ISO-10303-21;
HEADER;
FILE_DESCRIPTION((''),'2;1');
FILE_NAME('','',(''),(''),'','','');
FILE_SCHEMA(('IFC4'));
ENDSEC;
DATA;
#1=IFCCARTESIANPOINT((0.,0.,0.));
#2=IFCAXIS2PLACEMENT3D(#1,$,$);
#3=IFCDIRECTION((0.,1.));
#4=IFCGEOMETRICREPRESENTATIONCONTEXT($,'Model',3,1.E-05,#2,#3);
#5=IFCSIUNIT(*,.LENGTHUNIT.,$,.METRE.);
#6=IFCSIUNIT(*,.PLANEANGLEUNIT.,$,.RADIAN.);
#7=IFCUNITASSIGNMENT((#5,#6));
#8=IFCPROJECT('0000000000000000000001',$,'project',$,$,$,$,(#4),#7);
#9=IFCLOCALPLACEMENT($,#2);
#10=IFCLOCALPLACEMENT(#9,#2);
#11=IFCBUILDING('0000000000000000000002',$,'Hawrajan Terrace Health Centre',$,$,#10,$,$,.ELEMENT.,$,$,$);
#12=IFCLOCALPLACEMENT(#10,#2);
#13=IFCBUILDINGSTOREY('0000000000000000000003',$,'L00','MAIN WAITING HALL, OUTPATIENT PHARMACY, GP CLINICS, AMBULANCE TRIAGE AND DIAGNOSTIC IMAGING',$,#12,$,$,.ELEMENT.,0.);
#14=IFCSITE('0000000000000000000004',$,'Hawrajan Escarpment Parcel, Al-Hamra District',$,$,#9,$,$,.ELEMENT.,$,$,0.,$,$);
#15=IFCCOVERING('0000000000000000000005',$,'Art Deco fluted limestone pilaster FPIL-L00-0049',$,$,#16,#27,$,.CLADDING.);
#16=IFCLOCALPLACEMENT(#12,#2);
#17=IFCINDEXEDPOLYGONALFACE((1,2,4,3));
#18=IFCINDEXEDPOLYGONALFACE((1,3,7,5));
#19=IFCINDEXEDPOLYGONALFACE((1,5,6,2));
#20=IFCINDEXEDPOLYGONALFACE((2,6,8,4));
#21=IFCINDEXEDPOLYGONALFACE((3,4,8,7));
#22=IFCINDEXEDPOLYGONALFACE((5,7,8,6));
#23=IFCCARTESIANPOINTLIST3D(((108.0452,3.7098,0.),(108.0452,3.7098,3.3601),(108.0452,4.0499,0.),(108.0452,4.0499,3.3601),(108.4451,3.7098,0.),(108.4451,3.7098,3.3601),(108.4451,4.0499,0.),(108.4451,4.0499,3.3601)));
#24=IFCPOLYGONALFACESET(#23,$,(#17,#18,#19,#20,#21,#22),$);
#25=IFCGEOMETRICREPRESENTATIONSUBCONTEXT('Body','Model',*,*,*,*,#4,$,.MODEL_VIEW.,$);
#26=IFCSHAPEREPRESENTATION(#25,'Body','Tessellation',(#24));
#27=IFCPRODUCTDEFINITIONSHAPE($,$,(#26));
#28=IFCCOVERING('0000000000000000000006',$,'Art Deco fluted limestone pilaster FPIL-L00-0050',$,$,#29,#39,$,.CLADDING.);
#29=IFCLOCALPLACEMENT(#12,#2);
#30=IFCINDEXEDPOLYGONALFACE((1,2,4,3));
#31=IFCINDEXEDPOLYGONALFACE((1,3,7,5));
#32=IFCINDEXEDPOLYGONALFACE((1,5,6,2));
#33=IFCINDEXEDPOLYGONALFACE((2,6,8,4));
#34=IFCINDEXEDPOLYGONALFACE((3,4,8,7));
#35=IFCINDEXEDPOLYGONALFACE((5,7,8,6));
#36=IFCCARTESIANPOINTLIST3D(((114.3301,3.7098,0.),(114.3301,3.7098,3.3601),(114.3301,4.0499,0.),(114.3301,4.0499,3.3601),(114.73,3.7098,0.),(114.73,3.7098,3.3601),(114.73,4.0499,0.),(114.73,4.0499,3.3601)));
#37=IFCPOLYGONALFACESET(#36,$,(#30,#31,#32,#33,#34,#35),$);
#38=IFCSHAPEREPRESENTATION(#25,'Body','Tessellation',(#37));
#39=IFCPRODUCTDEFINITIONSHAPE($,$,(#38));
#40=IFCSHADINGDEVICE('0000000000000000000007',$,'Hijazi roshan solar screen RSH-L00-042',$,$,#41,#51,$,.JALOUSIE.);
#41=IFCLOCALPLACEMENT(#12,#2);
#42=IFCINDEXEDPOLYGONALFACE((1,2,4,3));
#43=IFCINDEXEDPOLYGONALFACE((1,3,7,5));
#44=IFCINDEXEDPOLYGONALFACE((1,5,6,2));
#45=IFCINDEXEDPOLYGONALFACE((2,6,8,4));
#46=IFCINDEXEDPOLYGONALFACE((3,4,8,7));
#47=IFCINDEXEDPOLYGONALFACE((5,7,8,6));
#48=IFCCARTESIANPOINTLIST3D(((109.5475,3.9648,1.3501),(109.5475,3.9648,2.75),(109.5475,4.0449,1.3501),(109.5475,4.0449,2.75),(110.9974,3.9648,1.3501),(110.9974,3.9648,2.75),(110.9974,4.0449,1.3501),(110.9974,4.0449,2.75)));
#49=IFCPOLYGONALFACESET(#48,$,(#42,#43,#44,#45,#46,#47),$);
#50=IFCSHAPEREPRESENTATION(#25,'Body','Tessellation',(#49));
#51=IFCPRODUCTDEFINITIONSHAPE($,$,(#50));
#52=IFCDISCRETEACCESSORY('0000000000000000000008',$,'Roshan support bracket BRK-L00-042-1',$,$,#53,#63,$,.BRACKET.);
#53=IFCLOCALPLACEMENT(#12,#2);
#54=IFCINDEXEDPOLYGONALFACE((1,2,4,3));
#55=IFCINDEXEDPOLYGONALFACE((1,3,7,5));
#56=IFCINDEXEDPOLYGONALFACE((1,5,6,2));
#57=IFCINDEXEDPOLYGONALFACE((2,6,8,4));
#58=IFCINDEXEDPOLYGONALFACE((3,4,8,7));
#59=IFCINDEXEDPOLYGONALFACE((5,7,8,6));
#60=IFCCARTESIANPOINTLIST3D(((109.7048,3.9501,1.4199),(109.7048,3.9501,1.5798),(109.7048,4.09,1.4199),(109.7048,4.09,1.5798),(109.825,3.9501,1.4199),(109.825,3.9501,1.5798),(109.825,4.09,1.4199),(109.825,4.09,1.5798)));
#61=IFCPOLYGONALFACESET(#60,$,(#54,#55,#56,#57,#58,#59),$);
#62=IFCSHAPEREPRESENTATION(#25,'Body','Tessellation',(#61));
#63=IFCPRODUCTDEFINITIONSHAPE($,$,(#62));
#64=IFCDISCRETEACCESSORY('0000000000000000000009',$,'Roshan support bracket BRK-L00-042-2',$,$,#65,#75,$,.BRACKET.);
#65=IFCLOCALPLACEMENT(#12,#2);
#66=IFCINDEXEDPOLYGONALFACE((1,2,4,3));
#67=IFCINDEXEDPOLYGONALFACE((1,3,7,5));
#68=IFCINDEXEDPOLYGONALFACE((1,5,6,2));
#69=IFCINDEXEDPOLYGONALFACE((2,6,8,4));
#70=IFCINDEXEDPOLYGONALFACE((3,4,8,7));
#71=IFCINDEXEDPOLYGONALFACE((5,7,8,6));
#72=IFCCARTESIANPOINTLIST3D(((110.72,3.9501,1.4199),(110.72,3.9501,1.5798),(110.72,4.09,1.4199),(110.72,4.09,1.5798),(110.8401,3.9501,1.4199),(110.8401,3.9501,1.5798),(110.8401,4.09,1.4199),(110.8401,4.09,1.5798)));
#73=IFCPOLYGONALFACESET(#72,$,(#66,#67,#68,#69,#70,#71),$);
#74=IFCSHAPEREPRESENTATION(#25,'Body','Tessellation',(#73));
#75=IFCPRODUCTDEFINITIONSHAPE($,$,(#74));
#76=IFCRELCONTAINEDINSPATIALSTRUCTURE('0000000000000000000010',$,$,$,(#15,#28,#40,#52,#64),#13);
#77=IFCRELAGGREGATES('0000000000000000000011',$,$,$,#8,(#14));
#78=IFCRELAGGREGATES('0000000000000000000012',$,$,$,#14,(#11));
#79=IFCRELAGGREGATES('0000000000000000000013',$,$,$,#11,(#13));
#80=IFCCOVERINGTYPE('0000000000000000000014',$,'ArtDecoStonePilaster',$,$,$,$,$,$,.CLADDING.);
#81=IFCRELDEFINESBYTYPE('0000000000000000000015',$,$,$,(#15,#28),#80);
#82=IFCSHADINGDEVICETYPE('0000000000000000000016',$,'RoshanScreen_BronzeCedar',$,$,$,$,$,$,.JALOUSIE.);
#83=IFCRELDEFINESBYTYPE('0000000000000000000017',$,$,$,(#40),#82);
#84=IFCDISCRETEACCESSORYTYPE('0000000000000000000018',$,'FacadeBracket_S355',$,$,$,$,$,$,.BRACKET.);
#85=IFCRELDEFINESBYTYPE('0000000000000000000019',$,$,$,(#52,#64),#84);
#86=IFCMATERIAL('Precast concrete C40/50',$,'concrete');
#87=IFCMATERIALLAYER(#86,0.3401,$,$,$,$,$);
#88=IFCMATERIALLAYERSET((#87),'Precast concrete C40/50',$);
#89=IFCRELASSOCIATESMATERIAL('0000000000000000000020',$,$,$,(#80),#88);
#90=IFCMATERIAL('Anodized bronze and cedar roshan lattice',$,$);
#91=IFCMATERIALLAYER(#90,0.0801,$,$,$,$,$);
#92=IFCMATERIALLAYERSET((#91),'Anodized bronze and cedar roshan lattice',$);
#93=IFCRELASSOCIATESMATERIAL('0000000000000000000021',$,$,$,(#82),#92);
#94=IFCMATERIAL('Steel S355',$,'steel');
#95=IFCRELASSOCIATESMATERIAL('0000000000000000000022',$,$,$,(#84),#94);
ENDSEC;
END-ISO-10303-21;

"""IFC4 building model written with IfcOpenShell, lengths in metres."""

from ifc_helpers import new_model, si_unit, direction, frame, origin, origin_2d, place, context, subcontext, project, spatial, rectangle, extrude, material, layer, layer_set, type_object, element, save


model = new_model("IFC4")

# Units and contexts
model_context = context("Model", 3, precision=1e-05, world=origin(), true_north=direction((0.0, 1.0)))
body_context = subcontext(model_context, "Body", "Model", "MODEL_VIEW")
ifc_project = project(units=[si_unit("LENGTHUNIT", "METRE"), si_unit("PLANEANGLEUNIT", "RADIAN")], contexts=[model_context])

# Site, building, storey
site_placement = place(None, origin())
site = spatial("IfcSite", under=ifc_project, at=site_placement, Name="Hawrajan Escarpment Parcel, Al-Hamra District", CompositionType="ELEMENT", RefElevation=0.0)
building_placement = place(site_placement, origin())
building = spatial("IfcBuilding", under=site, at=building_placement, Name="Hawrajan Terrace Health Centre", CompositionType="ELEMENT")
storey_placement = place(building_placement, origin())
storey = spatial("IfcBuildingStorey", under=building, at=storey_placement, Name="L00", Description="MAIN WAITING HALL, OUTPATIENT PHARMACY, GP CLINICS, AMBULANCE TRIAGE AND DIAGNOSTIC IMAGING", CompositionType="ELEMENT", Elevation=0.0)

# Shared definitions
ifc_material_1 = material(Name="Precast concrete C40/50", Category="concrete")

# Coverings
ifc_layer_1 = layer(ifc_material_1, 0.3401)
ifc_layer_set_1 = layer_set([ifc_layer_1], Name="Precast concrete C40/50")
covering_type_1 = type_object("IfcCoveringType", Name="ArtDecoStonePilaster", PredefinedType="CLADDING", material=ifc_layer_set_1)
for number, where, z_axis, x_axis, name in (
    (1, (108.2451, 3.8799, 0.0), (0.0, 0.0, 1.0), (1.0, 0.0, 0.0), "Art Deco fluted limestone pilaster FPIL-L00-0049"),
    (2, (114.53, 3.8799, 0.0), (0.0, 0.0, 1.0), (1.0, 0.0, 0.0), "Art Deco fluted limestone pilaster FPIL-L00-0050"),
):
    element("IfcCovering", number, at=place(storey_placement, frame(where, z_axis=z_axis, x_axis=x_axis)), inside=storey, type_object=covering_type_1, Name=name, PredefinedType="CLADDING", context=body_context, shape_type="SweptSolid", body=[
        extrude(rectangle(XDim=0.3999, YDim=0.3401, at=origin_2d()), origin(), (0.0, 0.0, 1.0), 3.3601),
    ])

# Shading device
ifc_material_2 = material(Name="Anodized bronze and cedar roshan lattice")
ifc_layer_2 = layer(ifc_material_2, 0.0801)
ifc_layer_set_2 = layer_set([ifc_layer_2], Name="Anodized bronze and cedar roshan lattice")
shading_device_type = type_object("IfcShadingDeviceType", Name="RoshanScreen_BronzeCedar", PredefinedType="JALOUSIE", material=ifc_layer_set_2)
shading_device_placement = place(storey_placement, frame((110.2725, 4.0049, 1.3501), z_axis=(0.0, 0.0, 1.0), x_axis=(1.0, 0.0, 0.0)))
element("IfcShadingDevice", 3, at=shading_device_placement, inside=storey, type_object=shading_device_type, Name="Hijazi roshan solar screen RSH-L00-042", PredefinedType="JALOUSIE", context=body_context, shape_type="SweptSolid", body=[
    extrude(rectangle(XDim=1.45, YDim=0.0801, at=origin_2d()), origin(), (0.0, 0.0, 1.0), 1.3999),
])

# Discrete accessories
ifc_material_3 = material(Name="Steel S355", Category="steel")
discrete_accessory_type = type_object("IfcDiscreteAccessoryType", Name="FacadeBracket_S355", PredefinedType="BRACKET", material=ifc_material_3)
for number, where, z_axis, x_axis, name in (
    (4, (109.7649, 4.02, 1.4199), (0.0, 0.0, 1.0), (1.0, 0.0, 0.0), "Roshan support bracket BRK-L00-042-1"),
    (5, (110.78, 4.02, 1.4199), (0.0, 0.0, 1.0), (1.0, 0.0, 0.0), "Roshan support bracket BRK-L00-042-2"),
):
    element("IfcDiscreteAccessory", number, at=place(storey_placement, frame(where, z_axis=z_axis, x_axis=x_axis)), inside=storey, type_object=discrete_accessory_type, Name=name, PredefinedType="BRACKET", context=body_context, shape_type="SweptSolid", body=[
        extrude(rectangle(XDim=0.1201, YDim=0.1399, at=origin_2d()), origin(), (0.0, 0.0, 1.0), 0.1599),
    ])

save(model, "model.ifc")
